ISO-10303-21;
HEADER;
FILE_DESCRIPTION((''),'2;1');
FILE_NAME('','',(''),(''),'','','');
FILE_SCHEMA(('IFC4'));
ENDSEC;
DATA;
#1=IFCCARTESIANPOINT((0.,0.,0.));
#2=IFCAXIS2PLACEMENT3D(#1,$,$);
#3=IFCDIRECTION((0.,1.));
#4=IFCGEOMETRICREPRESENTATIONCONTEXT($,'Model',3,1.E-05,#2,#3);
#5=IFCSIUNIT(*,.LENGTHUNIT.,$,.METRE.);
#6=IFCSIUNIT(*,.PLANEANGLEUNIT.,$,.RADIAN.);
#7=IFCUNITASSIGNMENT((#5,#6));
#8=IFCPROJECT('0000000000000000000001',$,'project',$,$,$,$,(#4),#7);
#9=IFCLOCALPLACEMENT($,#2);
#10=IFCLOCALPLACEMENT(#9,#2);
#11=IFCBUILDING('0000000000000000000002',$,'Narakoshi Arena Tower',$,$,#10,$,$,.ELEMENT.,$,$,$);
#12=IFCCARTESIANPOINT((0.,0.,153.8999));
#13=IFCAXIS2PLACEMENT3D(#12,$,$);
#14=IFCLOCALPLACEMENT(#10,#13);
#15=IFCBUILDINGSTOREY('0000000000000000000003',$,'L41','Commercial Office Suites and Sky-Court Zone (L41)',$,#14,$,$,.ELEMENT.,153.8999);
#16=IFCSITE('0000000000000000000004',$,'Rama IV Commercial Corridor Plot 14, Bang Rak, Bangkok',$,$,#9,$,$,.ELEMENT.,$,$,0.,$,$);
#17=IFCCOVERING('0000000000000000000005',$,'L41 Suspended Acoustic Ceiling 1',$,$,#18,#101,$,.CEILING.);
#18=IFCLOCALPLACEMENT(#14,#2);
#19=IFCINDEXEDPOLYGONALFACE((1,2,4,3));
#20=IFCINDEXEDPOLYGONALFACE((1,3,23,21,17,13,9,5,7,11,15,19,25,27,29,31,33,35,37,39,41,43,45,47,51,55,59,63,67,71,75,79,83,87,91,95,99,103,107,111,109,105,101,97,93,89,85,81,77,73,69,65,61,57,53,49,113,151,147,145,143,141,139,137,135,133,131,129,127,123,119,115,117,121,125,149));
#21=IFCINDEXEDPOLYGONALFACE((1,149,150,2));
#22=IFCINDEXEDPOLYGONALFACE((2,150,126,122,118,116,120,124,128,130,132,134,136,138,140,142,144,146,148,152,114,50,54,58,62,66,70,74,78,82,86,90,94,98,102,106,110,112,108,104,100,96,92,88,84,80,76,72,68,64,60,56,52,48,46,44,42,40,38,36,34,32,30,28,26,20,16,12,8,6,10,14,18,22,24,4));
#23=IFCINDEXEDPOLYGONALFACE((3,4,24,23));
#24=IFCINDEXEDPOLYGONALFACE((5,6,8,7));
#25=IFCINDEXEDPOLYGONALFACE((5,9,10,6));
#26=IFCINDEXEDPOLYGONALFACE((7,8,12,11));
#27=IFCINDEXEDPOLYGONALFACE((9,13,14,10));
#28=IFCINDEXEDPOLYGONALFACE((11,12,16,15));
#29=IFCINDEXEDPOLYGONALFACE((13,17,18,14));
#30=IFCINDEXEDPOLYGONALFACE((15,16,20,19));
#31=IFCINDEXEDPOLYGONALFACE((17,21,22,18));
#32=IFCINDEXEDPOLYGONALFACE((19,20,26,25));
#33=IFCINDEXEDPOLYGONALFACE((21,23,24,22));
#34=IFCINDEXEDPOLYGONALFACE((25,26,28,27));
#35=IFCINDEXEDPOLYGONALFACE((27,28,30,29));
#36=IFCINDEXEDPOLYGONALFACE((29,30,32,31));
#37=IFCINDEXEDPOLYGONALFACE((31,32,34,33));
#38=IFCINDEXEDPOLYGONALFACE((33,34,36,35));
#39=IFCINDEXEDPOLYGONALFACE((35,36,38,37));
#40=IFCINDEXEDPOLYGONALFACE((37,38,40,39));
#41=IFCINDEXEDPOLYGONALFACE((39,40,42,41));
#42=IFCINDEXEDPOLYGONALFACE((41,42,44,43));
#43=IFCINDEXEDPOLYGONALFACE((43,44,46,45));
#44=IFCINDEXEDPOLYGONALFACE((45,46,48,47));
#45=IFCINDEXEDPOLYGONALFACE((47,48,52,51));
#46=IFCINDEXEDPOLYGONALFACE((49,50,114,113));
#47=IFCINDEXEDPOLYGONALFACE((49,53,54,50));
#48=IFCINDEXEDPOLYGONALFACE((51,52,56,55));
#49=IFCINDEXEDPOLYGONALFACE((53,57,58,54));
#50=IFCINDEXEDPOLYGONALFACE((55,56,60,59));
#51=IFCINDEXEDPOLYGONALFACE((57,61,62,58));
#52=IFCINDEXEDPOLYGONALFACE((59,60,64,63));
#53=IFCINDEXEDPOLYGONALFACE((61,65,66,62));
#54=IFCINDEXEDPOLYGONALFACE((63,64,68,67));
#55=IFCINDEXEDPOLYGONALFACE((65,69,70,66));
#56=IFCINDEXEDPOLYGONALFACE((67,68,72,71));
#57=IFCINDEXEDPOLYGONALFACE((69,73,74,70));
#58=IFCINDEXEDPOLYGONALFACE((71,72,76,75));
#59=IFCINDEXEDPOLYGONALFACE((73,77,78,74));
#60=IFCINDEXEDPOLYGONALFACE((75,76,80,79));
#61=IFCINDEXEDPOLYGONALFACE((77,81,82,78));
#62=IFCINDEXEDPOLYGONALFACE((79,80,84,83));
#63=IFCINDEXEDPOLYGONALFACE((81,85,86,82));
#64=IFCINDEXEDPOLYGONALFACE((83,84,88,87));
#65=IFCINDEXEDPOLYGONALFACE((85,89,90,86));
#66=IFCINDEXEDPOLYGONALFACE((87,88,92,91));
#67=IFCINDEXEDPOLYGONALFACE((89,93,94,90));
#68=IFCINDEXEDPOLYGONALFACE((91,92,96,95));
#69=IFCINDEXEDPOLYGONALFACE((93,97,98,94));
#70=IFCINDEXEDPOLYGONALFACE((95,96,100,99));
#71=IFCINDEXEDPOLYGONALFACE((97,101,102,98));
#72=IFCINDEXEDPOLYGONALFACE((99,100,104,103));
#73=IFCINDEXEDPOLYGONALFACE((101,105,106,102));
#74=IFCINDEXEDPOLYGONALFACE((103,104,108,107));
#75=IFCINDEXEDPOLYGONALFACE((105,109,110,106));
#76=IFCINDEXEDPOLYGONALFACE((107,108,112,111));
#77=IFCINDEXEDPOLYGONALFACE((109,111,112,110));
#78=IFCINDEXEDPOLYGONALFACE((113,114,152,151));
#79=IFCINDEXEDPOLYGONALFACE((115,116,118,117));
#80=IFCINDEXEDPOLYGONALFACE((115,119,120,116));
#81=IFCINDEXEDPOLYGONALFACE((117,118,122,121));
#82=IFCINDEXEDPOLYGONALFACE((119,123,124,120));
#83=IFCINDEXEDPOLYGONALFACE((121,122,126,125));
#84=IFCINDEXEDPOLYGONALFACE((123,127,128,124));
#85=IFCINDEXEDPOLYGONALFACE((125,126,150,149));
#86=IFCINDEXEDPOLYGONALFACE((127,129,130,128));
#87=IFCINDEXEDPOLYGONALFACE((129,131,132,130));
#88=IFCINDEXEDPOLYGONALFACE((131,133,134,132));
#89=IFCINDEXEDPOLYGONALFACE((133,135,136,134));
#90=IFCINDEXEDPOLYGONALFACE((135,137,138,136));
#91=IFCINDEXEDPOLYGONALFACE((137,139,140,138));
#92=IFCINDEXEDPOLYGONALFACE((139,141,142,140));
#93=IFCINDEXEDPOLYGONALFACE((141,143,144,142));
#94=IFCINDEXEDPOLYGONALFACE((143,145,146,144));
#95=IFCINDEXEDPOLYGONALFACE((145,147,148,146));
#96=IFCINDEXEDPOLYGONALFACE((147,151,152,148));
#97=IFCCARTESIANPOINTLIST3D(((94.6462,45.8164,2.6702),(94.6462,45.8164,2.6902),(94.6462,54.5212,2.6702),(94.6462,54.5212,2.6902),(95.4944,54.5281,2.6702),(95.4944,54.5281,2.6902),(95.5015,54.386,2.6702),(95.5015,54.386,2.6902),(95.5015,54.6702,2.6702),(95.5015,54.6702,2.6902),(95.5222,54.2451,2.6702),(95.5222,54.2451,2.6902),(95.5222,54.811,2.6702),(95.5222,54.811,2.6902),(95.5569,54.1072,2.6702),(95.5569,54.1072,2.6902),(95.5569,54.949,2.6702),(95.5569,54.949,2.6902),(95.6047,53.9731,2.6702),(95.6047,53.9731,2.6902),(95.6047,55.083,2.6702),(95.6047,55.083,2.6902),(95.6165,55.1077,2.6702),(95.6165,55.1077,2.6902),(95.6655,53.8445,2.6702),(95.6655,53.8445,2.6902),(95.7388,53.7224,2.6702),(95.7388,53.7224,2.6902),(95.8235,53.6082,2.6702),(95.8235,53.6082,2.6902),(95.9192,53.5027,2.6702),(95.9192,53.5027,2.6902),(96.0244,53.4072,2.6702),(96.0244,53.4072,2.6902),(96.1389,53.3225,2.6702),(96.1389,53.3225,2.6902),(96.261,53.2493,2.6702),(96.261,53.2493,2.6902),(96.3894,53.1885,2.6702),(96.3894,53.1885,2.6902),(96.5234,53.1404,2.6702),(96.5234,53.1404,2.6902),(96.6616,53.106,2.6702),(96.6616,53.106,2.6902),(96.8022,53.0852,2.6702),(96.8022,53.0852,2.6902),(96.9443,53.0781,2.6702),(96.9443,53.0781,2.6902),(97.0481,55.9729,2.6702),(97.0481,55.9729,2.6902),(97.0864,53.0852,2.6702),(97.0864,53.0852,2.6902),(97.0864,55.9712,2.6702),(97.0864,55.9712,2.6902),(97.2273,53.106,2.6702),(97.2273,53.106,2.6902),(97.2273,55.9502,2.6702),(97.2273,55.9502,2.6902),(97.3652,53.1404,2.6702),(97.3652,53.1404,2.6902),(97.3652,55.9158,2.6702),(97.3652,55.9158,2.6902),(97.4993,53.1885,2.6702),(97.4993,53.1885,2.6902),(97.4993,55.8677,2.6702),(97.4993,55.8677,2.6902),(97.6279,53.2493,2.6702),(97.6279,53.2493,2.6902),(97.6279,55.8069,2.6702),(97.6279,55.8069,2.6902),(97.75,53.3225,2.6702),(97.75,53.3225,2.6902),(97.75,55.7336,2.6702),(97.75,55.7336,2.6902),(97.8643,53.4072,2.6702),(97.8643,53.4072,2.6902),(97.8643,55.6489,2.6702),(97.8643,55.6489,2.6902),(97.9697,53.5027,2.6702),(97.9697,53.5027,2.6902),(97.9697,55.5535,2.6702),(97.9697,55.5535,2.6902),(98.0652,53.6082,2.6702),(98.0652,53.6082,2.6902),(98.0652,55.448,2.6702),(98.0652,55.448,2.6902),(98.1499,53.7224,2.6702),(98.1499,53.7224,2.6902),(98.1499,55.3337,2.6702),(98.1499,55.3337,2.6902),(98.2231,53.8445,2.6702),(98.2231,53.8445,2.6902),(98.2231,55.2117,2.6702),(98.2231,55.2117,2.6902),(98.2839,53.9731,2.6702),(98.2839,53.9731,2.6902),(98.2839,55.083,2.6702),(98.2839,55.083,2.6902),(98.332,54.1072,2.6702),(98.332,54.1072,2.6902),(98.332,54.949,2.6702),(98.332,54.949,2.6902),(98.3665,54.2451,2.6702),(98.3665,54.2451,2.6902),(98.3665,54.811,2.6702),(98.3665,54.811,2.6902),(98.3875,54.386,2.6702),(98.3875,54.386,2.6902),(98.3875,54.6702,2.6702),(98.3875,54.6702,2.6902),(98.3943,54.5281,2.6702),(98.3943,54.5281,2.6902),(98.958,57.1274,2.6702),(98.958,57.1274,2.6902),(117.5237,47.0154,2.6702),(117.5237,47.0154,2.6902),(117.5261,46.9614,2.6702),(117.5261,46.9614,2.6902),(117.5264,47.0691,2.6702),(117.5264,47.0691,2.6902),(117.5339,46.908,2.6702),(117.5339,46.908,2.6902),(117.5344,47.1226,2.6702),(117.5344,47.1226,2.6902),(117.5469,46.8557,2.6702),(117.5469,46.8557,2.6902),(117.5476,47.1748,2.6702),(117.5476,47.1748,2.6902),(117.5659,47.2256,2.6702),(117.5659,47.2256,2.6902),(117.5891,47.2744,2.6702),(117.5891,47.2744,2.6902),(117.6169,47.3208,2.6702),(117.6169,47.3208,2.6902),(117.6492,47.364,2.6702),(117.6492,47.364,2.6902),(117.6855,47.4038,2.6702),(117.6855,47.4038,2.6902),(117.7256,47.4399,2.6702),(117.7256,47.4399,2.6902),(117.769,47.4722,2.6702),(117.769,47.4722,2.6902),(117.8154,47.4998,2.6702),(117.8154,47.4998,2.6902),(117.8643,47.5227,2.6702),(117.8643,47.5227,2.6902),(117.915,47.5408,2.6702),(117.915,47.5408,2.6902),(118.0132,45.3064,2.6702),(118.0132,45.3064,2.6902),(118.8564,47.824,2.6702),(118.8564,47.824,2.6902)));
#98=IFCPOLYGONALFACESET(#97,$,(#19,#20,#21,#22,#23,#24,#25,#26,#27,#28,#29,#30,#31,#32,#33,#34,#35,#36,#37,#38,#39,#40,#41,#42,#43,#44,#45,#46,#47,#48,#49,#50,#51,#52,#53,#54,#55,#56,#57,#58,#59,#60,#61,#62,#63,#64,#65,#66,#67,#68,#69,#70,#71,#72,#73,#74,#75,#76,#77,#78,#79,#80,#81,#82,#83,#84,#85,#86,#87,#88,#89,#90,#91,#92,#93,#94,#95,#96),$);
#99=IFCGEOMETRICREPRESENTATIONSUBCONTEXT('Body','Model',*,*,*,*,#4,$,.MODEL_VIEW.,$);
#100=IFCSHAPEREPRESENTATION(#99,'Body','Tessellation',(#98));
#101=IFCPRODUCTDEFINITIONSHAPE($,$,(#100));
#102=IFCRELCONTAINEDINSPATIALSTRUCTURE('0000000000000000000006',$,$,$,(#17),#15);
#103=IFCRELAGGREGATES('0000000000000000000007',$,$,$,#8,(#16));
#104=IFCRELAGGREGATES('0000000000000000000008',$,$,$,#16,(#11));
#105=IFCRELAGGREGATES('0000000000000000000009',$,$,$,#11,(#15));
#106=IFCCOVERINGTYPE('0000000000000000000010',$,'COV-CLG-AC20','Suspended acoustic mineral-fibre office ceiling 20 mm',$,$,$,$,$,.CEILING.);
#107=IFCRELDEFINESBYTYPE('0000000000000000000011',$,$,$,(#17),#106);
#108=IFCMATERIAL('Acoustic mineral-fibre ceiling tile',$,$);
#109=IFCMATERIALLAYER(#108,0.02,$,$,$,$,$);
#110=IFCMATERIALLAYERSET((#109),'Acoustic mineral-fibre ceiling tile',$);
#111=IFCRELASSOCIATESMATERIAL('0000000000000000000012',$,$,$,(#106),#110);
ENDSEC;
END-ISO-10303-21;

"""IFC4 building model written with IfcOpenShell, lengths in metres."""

from ifc_helpers import new_model, si_unit, direction, frame, origin, place, context, subcontext, project, spatial, polyline, outline, extrude, material, layer, layer_set, type_object, element, save


model = new_model("IFC4")

# Units and contexts
model_context = context("Model", 3, precision=1e-05, world=origin(), true_north=direction((0.0, 1.0)))
body_context = subcontext(model_context, "Body", "Model", "MODEL_VIEW")
ifc_project = project(units=[si_unit("LENGTHUNIT", "METRE"), si_unit("PLANEANGLEUNIT", "RADIAN")], contexts=[model_context])

# Site, building, storey
site_placement = place(None, origin())
site = spatial("IfcSite", under=ifc_project, at=site_placement, Name="Rama IV Commercial Corridor Plot 14, Bang Rak, Bangkok", CompositionType="ELEMENT", RefElevation=0.0)
building_placement = place(site_placement, origin())
building = spatial("IfcBuilding", under=site, at=building_placement, Name="Narakoshi Arena Tower", CompositionType="ELEMENT")
storey_placement = place(building_placement, frame((0.0, 0.0, 153.8999)))
storey = spatial("IfcBuildingStorey", under=building, at=storey_placement, Name="L41", Description="Commercial Office Suites and Sky-Court Zone (L41)", CompositionType="ELEMENT", Elevation=153.8999)

# Covering
ifc_material_1 = material(Name="Acoustic mineral-fibre ceiling tile")
ifc_layer_1 = layer(ifc_material_1, 0.02)
ifc_layer_set_1 = layer_set([ifc_layer_1], Name="Acoustic mineral-fibre ceiling tile")
covering_type_1 = type_object("IfcCoveringType", Name="COV-CLG-AC20", Description="Suspended acoustic mineral-fibre office ceiling 20 mm", PredefinedType="CEILING", material=ifc_layer_set_1)
covering_1_placement = place(storey_placement, frame((0.0, 0.0, 2.6702)))
element("IfcCovering", 1, at=covering_1_placement, inside=storey, type_object=covering_type_1, Name="L41 Suspended Acoustic Ceiling 1", PredefinedType="CEILING", context=body_context, shape_type="SweptSolid", body=[
    extrude(outline(polyline([(117.915, 47.5408), (117.8643, 47.5227), (117.8154, 47.4998), (117.769, 47.4722), (117.7256, 47.4399), (117.6855, 47.4038), (117.6492, 47.364), (117.6169, 47.3208), (117.5891, 47.2744), (117.5659, 47.2256), (117.5476, 47.1748), (117.5344, 47.1226), (117.5264, 47.0691), (117.5237, 47.0154), (117.5261, 46.9614), (117.5339, 46.908), (117.5469, 46.8557), (118.0132, 45.3064), (94.6462, 45.8164), (94.6462, 54.5212), (95.6165, 55.1077), (95.6047, 55.083), (95.5569, 54.949), (95.5222, 54.811), (95.5015, 54.6702), (95.4944, 54.5281), (95.5015, 54.386), (95.5222, 54.2451), (95.5569, 54.1072), (95.6047, 53.9731), (95.6655, 53.8445), (95.7388, 53.7224), (95.8235, 53.6082), (95.9192, 53.5027), (96.0244, 53.4072), (96.1389, 53.3225), (96.261, 53.2493), (96.3894, 53.1885), (96.5234, 53.1404), (96.6616, 53.106), (96.8022, 53.0852), (96.9443, 53.0781), (97.0864, 53.0852), (97.2273, 53.106), (97.3652, 53.1404), (97.4993, 53.1885), (97.6279, 53.2493), (97.75, 53.3225), (97.8643, 53.4072), (97.9697, 53.5027), (98.0652, 53.6082), (98.1499, 53.7224), (98.2231, 53.8445), (98.2839, 53.9731), (98.332, 54.1072), (98.3665, 54.2451), (98.3875, 54.386), (98.3943, 54.5281), (98.3875, 54.6702), (98.3665, 54.811), (98.332, 54.949), (98.2839, 55.083), (98.2231, 55.2117), (98.1499, 55.3337), (98.0652, 55.448), (97.9697, 55.5535), (97.8643, 55.6489), (97.75, 55.7336), (97.6279, 55.8069), (97.4993, 55.8677), (97.3652, 55.9158), (97.2273, 55.9502), (97.0864, 55.9712), (97.0481, 55.9729), (98.958, 57.1274), (118.8564, 47.824), (117.915, 47.5408)])), origin(), (0.0, 0.0, 1.0), 0.02),
])

save(model, "model.ifc")
